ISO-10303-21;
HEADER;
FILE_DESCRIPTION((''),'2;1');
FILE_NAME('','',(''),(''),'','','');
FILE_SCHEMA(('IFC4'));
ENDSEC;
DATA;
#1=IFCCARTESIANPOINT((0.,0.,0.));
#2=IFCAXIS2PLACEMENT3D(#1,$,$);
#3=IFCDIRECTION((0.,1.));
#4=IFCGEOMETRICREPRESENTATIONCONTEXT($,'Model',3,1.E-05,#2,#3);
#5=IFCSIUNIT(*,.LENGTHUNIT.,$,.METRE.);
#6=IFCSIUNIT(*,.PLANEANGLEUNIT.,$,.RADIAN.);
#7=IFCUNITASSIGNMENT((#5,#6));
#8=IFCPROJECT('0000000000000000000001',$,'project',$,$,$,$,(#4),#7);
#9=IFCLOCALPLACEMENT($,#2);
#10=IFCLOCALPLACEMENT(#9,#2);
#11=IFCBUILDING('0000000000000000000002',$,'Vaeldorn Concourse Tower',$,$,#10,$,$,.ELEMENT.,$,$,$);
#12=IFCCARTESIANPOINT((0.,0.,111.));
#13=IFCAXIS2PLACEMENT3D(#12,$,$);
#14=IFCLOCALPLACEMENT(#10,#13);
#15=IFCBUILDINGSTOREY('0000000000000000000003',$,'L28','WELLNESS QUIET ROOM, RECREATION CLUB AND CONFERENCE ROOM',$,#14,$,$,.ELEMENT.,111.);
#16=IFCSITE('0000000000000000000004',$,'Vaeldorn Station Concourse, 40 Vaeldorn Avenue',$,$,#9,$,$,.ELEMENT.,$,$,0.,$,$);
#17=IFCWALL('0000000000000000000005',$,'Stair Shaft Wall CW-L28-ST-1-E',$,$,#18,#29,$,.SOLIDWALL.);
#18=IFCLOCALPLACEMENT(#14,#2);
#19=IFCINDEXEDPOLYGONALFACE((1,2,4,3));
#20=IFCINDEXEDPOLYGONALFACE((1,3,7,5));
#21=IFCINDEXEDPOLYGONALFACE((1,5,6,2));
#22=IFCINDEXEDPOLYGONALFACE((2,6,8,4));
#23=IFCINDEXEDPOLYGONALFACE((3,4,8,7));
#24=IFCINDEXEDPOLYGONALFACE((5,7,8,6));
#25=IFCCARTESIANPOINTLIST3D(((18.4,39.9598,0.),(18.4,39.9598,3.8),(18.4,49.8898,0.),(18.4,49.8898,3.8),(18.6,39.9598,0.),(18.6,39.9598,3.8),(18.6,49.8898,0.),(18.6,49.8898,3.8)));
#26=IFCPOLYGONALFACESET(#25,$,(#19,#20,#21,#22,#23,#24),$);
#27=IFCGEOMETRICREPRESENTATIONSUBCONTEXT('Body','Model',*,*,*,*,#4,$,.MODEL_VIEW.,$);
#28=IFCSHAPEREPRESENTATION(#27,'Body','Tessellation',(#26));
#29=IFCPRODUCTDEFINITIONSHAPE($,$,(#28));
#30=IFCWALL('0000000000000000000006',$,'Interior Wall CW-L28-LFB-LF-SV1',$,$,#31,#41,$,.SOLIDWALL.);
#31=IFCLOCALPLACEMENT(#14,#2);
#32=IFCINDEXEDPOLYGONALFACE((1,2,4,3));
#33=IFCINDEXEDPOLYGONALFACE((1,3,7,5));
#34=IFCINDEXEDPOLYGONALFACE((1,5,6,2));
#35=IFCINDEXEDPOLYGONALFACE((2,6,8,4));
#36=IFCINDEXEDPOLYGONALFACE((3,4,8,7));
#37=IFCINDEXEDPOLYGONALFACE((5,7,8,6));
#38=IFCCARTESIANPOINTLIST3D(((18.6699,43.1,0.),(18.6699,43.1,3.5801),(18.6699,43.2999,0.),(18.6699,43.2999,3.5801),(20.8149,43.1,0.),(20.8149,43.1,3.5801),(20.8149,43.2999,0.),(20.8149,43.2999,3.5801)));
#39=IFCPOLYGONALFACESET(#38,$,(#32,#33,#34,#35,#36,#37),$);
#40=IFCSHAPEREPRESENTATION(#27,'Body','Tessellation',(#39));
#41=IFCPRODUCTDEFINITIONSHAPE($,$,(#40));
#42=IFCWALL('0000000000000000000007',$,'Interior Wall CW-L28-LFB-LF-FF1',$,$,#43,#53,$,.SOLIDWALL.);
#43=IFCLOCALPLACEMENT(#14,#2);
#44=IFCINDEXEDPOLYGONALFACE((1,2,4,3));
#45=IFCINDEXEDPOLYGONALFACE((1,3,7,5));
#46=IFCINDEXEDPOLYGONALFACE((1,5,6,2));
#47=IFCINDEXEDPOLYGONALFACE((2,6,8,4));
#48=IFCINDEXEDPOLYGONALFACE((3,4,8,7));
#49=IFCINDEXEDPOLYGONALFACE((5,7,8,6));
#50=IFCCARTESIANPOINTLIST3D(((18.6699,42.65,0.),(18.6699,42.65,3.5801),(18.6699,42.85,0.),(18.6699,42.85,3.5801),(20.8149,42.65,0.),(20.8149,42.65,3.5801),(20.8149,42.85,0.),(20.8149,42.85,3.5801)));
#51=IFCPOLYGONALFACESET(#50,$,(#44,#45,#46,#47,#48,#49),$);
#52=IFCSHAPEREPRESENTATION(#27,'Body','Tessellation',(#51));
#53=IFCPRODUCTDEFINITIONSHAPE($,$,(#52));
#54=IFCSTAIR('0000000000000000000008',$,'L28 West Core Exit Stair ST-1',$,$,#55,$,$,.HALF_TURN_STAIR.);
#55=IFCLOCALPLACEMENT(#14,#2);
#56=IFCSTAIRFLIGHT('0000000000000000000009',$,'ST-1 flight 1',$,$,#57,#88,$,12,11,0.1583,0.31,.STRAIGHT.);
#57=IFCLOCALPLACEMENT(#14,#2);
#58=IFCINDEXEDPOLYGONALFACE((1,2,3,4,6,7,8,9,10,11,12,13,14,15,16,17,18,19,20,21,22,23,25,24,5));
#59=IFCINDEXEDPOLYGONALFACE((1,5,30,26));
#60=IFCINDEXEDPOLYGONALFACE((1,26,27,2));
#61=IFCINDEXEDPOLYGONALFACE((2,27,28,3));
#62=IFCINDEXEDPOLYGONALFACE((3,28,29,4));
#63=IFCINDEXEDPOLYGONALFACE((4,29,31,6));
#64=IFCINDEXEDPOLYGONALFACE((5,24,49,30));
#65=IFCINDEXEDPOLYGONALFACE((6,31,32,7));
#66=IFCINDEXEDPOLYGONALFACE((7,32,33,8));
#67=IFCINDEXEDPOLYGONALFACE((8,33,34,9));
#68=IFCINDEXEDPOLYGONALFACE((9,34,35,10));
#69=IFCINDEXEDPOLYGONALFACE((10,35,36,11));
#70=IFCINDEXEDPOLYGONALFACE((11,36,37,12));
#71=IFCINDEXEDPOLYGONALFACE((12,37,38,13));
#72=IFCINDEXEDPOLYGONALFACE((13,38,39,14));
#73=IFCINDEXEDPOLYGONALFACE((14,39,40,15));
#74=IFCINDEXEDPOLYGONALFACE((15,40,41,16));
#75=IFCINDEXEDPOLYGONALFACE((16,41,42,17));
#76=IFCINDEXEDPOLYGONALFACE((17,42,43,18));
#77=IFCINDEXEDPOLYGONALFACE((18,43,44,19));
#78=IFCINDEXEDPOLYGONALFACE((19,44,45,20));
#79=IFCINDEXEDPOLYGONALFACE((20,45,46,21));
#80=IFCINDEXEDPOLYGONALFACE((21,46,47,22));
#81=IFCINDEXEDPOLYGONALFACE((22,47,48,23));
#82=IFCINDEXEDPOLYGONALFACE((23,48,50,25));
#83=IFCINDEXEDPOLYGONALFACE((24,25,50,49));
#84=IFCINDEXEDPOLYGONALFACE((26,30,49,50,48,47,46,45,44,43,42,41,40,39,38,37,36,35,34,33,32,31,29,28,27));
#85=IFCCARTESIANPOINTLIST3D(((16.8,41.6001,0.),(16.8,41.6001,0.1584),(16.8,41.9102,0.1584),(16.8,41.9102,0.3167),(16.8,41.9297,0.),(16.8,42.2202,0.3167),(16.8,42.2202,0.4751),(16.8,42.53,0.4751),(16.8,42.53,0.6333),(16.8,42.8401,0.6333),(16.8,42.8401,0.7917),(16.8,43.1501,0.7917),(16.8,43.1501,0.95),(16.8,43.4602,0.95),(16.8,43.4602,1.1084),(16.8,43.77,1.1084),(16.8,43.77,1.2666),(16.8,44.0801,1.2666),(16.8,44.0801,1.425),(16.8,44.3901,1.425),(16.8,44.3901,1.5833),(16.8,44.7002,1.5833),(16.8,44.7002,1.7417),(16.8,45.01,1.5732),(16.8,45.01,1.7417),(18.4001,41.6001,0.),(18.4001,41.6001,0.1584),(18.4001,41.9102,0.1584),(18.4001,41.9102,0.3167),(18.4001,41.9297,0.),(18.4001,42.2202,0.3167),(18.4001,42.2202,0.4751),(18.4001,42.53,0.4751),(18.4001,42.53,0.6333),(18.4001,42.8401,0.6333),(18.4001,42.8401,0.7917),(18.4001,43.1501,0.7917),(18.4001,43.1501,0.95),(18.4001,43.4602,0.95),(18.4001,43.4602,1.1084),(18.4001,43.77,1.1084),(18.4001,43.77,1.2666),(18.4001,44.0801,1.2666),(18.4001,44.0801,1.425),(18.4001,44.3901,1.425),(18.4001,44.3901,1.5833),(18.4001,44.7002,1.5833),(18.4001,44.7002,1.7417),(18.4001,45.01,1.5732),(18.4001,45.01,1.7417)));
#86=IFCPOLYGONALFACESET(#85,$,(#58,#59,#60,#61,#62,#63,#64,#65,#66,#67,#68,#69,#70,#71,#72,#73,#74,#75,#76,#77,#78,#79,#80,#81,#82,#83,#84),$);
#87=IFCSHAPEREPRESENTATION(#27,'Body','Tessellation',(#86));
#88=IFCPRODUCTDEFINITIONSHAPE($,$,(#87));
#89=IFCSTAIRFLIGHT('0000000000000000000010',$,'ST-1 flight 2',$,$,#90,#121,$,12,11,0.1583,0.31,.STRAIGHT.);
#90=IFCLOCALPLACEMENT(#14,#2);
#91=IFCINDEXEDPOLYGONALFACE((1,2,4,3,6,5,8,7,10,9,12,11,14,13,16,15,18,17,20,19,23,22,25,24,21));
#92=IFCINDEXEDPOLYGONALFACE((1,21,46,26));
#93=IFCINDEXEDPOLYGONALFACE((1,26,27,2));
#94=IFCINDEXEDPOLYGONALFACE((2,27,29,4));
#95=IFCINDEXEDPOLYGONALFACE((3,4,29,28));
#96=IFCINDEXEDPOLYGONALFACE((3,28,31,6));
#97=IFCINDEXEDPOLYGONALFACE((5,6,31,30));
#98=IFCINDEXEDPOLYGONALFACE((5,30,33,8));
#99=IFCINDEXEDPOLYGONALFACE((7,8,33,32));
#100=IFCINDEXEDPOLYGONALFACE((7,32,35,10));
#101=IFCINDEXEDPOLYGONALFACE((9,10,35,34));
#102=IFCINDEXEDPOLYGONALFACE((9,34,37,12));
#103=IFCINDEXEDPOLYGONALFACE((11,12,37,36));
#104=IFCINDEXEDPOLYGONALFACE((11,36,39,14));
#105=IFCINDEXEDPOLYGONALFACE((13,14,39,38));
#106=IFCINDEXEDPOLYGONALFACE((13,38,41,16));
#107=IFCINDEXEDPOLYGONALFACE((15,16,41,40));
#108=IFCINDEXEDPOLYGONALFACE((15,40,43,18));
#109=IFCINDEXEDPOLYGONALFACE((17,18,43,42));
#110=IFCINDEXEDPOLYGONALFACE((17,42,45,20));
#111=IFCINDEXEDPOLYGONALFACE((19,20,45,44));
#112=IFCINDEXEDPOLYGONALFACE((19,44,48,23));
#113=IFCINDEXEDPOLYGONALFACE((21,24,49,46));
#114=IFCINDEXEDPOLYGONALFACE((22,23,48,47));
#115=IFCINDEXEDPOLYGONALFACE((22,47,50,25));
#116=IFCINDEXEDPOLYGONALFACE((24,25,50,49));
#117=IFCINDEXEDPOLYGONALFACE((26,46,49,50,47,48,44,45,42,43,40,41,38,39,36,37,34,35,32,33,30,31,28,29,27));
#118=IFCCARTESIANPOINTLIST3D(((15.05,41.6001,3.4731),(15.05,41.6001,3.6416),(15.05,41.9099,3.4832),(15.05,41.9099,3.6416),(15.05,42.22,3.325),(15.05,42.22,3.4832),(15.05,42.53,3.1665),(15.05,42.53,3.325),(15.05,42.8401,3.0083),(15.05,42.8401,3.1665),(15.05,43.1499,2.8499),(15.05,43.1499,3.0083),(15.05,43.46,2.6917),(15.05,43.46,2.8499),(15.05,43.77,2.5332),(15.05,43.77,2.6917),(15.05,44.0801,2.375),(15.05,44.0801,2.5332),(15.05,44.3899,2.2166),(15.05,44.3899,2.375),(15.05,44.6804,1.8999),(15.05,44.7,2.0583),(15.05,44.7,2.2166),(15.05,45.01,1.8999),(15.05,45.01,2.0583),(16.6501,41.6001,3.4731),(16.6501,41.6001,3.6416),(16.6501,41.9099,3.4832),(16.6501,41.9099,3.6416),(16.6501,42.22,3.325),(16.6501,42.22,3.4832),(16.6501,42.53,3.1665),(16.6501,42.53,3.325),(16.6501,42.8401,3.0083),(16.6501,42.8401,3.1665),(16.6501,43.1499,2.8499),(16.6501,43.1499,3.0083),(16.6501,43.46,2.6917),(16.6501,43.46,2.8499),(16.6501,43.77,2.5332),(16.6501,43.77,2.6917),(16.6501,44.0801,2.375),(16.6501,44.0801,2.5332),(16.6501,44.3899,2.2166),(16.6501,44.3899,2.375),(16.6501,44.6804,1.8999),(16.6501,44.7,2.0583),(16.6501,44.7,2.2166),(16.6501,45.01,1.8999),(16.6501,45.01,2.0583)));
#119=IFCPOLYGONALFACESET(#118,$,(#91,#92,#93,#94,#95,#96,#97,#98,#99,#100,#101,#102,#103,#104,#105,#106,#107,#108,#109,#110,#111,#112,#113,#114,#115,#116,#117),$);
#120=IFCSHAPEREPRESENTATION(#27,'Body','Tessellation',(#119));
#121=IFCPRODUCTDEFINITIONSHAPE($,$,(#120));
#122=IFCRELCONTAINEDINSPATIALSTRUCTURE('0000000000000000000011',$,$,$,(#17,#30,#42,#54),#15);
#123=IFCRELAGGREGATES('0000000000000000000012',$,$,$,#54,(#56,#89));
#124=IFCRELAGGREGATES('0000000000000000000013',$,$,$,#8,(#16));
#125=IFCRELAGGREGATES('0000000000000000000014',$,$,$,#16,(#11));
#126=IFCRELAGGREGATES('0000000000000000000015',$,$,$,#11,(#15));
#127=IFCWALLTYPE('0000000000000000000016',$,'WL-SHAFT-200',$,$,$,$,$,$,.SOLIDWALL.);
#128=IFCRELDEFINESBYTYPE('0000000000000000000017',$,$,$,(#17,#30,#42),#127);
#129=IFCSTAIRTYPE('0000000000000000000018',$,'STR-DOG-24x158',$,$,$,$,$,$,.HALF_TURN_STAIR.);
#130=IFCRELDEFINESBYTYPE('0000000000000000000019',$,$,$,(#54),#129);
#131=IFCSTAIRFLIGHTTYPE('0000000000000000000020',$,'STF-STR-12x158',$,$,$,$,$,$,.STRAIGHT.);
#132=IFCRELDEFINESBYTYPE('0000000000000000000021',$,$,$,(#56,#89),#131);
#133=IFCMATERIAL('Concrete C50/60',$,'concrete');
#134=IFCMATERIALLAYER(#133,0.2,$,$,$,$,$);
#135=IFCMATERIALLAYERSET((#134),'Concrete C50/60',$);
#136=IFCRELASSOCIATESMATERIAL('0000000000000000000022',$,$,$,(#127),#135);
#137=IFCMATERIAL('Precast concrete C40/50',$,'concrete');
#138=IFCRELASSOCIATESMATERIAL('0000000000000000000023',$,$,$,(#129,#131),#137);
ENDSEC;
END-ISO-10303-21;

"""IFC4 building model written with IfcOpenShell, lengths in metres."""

from ifc_helpers import new_model, si_unit, direction, frame, frame_2d, origin, place, context, subcontext, project, spatial, polyline, rectangle, outline, extrude, material, layer, layer_set, type_object, element, aggregate, save


model = new_model("IFC4")

# Units and contexts
model_context = context("Model", 3, precision=1e-05, world=origin(), true_north=direction((0.0, 1.0)))
body_context = subcontext(model_context, "Body", "Model", "MODEL_VIEW")
ifc_project = project(units=[si_unit("LENGTHUNIT", "METRE"), si_unit("PLANEANGLEUNIT", "RADIAN")], contexts=[model_context])

# Site, building, storey
site_placement = place(None, origin())
site = spatial("IfcSite", under=ifc_project, at=site_placement, Name="Vaeldorn Station Concourse, 40 Vaeldorn Avenue", CompositionType="ELEMENT", RefElevation=0.0)
building_placement = place(site_placement, origin())
building = spatial("IfcBuilding", under=site, at=building_placement, Name="Vaeldorn Concourse Tower", CompositionType="ELEMENT")
storey_placement = place(building_placement, frame((0.0, 0.0, 111.0)))
storey = spatial("IfcBuildingStorey", under=building, at=storey_placement, Name="L28", Description="WELLNESS QUIET ROOM, RECREATION CLUB AND CONFERENCE ROOM", CompositionType="ELEMENT", Elevation=111.0)

# Wall
ifc_material_1 = material(Name="Concrete C50/60", Category="concrete")
ifc_layer_1 = layer(ifc_material_1, 0.2)
ifc_layer_set_1 = layer_set([ifc_layer_1], Name="Concrete C50/60")
wall_type_1 = type_object("IfcWallType", Name="WL-SHAFT-200", PredefinedType="SOLIDWALL", material=ifc_layer_set_1)
for number, where, z_axis, x_axis, name in (
    (1, (18.5, 39.96, 0.0), (0.0, 0.0, 1.0), (0.0, 1.0, 0.0), "Stair Shaft Wall CW-L28-ST-1-E"),
):
    element("IfcWall", number, at=place(storey_placement, frame(where, z_axis=z_axis, x_axis=x_axis)), inside=storey, type_object=wall_type_1, Name=name, PredefinedType="SOLIDWALL", context=body_context, shape_type="SweptSolid", body=[
        extrude(rectangle(XDim=9.9299, YDim=0.2, at=frame_2d((4.9648, 0.0))), origin(), (0.0, 0.0, 1.0), 3.8),
    ])

# Walls
for number, where, z_axis, x_axis, name in (
    (2, (18.6699, 43.2, 0.0), (0.0, 0.0, 1.0), (1.0, 0.0, 0.0), "Interior Wall CW-L28-LFB-LF-SV1"),
    (3, (18.6699, 42.75, 0.0), (0.0, 0.0, 1.0), (1.0, 0.0, 0.0), "Interior Wall CW-L28-LFB-LF-FF1"),
):
    element("IfcWall", number, at=place(storey_placement, frame(where, z_axis=z_axis, x_axis=x_axis)), inside=storey, type_object=wall_type_1, Name=name, PredefinedType="SOLIDWALL", context=body_context, shape_type="SweptSolid", body=[
        extrude(rectangle(XDim=2.145, YDim=0.2, at=frame_2d((1.0725, 0.0))), origin(), (0.0, 0.0, 1.0), 3.5801),
    ])

# Stair, stair flights
ifc_material_2 = material(Name="Precast concrete C40/50", Category="concrete")
stair_type = type_object("IfcStairType", Name="STR-DOG-24x158", PredefinedType="HALF_TURN_STAIR", material=ifc_material_2)
stair_placement = place(storey_placement, origin())
stair = element("IfcStair", 4, at=stair_placement, inside=storey, type_object=stair_type, Name="L28 West Core Exit Stair ST-1", PredefinedType="HALF_TURN_STAIR")
stair_flight_type = type_object("IfcStairFlightType", Name="STF-STR-12x158", PredefinedType="STRAIGHT", material=ifc_material_2)
stair_flight_1_placement = place(storey_placement, frame((17.6001, 41.6001, 0.0), z_axis=(0.0, 0.0, 1.0), x_axis=(0.0, 1.0, 0.0)))
stair_flight_1 = element("IfcStairFlight", 5, at=stair_flight_1_placement, type_object=stair_flight_type, Name="ST-1 flight 1", NumberOfRisers=12, NumberOfTreads=11, PredefinedType="STRAIGHT", RiserHeight=0.1583, TreadLength=0.31, context=body_context, shape_type="SweptSolid", body=[
    extrude(outline(polyline([(0.0, 0.0), (0.0, 0.1584), (0.3101, 0.1584), (0.3101, 0.3167), (0.6201, 0.3167), (0.6201, 0.4751), (0.9299, 0.4751), (0.9299, 0.6333), (1.24, 0.6333), (1.24, 0.7917), (1.55, 0.7917), (1.55, 0.95), (1.8601, 0.95), (1.8601, 1.1084), (2.1699, 1.1084), (2.1699, 1.2666), (2.48, 1.2666), (2.48, 1.425), (2.79, 1.425), (2.79, 1.5833), (3.1001, 1.5833), (3.1001, 1.7417), (3.4099, 1.7417), (3.4099, 1.8999), (3.4099, 1.5732), (0.3296, 0.0), (0.0, 0.0)])), frame((0.0, 0.8, 0.0), z_axis=(0.0, -1.0, 0.0), x_axis=(1.0, 0.0, 0.0)), (0.0, 0.0, 1.0), 1.6001),
])
stair_flight_2_placement = place(storey_placement, frame((15.8501, 45.01, 1.8999), z_axis=(0.0, 0.0, 1.0), x_axis=(0.0, -1.0, 0.0)))
stair_flight_2 = element("IfcStairFlight", 6, at=stair_flight_2_placement, type_object=stair_flight_type, Name="ST-1 flight 2", NumberOfRisers=12, NumberOfTreads=11, PredefinedType="STRAIGHT", RiserHeight=0.1583, TreadLength=0.31, context=body_context, shape_type="SweptSolid", body=[
    extrude(outline(polyline([(0.0, 0.0), (0.0, 0.1584), (0.3101, 0.1584), (0.3101, 0.3167), (0.6201, 0.3167), (0.6201, 0.4751), (0.9299, 0.4751), (0.9299, 0.6333), (1.24, 0.6333), (1.24, 0.7917), (1.55, 0.7917), (1.55, 0.95), (1.8601, 0.95), (1.8601, 1.1084), (2.1699, 1.1084), (2.1699, 1.2666), (2.48, 1.2666), (2.48, 1.425), (2.79, 1.425), (2.79, 1.5833), (3.1001, 1.5833), (3.1001, 1.7417), (3.4099, 1.7417), (3.4099, 1.8999), (3.4099, 1.5732), (0.3296, 0.0), (0.0, 0.0)])), frame((0.0, 0.8, 0.0), z_axis=(0.0, -1.0, 0.0), x_axis=(1.0, 0.0, 0.0)), (0.0, 0.0, 1.0), 1.6001),
])
aggregate(stair, [stair_flight_1, stair_flight_2])

save(model, "model.ifc")
